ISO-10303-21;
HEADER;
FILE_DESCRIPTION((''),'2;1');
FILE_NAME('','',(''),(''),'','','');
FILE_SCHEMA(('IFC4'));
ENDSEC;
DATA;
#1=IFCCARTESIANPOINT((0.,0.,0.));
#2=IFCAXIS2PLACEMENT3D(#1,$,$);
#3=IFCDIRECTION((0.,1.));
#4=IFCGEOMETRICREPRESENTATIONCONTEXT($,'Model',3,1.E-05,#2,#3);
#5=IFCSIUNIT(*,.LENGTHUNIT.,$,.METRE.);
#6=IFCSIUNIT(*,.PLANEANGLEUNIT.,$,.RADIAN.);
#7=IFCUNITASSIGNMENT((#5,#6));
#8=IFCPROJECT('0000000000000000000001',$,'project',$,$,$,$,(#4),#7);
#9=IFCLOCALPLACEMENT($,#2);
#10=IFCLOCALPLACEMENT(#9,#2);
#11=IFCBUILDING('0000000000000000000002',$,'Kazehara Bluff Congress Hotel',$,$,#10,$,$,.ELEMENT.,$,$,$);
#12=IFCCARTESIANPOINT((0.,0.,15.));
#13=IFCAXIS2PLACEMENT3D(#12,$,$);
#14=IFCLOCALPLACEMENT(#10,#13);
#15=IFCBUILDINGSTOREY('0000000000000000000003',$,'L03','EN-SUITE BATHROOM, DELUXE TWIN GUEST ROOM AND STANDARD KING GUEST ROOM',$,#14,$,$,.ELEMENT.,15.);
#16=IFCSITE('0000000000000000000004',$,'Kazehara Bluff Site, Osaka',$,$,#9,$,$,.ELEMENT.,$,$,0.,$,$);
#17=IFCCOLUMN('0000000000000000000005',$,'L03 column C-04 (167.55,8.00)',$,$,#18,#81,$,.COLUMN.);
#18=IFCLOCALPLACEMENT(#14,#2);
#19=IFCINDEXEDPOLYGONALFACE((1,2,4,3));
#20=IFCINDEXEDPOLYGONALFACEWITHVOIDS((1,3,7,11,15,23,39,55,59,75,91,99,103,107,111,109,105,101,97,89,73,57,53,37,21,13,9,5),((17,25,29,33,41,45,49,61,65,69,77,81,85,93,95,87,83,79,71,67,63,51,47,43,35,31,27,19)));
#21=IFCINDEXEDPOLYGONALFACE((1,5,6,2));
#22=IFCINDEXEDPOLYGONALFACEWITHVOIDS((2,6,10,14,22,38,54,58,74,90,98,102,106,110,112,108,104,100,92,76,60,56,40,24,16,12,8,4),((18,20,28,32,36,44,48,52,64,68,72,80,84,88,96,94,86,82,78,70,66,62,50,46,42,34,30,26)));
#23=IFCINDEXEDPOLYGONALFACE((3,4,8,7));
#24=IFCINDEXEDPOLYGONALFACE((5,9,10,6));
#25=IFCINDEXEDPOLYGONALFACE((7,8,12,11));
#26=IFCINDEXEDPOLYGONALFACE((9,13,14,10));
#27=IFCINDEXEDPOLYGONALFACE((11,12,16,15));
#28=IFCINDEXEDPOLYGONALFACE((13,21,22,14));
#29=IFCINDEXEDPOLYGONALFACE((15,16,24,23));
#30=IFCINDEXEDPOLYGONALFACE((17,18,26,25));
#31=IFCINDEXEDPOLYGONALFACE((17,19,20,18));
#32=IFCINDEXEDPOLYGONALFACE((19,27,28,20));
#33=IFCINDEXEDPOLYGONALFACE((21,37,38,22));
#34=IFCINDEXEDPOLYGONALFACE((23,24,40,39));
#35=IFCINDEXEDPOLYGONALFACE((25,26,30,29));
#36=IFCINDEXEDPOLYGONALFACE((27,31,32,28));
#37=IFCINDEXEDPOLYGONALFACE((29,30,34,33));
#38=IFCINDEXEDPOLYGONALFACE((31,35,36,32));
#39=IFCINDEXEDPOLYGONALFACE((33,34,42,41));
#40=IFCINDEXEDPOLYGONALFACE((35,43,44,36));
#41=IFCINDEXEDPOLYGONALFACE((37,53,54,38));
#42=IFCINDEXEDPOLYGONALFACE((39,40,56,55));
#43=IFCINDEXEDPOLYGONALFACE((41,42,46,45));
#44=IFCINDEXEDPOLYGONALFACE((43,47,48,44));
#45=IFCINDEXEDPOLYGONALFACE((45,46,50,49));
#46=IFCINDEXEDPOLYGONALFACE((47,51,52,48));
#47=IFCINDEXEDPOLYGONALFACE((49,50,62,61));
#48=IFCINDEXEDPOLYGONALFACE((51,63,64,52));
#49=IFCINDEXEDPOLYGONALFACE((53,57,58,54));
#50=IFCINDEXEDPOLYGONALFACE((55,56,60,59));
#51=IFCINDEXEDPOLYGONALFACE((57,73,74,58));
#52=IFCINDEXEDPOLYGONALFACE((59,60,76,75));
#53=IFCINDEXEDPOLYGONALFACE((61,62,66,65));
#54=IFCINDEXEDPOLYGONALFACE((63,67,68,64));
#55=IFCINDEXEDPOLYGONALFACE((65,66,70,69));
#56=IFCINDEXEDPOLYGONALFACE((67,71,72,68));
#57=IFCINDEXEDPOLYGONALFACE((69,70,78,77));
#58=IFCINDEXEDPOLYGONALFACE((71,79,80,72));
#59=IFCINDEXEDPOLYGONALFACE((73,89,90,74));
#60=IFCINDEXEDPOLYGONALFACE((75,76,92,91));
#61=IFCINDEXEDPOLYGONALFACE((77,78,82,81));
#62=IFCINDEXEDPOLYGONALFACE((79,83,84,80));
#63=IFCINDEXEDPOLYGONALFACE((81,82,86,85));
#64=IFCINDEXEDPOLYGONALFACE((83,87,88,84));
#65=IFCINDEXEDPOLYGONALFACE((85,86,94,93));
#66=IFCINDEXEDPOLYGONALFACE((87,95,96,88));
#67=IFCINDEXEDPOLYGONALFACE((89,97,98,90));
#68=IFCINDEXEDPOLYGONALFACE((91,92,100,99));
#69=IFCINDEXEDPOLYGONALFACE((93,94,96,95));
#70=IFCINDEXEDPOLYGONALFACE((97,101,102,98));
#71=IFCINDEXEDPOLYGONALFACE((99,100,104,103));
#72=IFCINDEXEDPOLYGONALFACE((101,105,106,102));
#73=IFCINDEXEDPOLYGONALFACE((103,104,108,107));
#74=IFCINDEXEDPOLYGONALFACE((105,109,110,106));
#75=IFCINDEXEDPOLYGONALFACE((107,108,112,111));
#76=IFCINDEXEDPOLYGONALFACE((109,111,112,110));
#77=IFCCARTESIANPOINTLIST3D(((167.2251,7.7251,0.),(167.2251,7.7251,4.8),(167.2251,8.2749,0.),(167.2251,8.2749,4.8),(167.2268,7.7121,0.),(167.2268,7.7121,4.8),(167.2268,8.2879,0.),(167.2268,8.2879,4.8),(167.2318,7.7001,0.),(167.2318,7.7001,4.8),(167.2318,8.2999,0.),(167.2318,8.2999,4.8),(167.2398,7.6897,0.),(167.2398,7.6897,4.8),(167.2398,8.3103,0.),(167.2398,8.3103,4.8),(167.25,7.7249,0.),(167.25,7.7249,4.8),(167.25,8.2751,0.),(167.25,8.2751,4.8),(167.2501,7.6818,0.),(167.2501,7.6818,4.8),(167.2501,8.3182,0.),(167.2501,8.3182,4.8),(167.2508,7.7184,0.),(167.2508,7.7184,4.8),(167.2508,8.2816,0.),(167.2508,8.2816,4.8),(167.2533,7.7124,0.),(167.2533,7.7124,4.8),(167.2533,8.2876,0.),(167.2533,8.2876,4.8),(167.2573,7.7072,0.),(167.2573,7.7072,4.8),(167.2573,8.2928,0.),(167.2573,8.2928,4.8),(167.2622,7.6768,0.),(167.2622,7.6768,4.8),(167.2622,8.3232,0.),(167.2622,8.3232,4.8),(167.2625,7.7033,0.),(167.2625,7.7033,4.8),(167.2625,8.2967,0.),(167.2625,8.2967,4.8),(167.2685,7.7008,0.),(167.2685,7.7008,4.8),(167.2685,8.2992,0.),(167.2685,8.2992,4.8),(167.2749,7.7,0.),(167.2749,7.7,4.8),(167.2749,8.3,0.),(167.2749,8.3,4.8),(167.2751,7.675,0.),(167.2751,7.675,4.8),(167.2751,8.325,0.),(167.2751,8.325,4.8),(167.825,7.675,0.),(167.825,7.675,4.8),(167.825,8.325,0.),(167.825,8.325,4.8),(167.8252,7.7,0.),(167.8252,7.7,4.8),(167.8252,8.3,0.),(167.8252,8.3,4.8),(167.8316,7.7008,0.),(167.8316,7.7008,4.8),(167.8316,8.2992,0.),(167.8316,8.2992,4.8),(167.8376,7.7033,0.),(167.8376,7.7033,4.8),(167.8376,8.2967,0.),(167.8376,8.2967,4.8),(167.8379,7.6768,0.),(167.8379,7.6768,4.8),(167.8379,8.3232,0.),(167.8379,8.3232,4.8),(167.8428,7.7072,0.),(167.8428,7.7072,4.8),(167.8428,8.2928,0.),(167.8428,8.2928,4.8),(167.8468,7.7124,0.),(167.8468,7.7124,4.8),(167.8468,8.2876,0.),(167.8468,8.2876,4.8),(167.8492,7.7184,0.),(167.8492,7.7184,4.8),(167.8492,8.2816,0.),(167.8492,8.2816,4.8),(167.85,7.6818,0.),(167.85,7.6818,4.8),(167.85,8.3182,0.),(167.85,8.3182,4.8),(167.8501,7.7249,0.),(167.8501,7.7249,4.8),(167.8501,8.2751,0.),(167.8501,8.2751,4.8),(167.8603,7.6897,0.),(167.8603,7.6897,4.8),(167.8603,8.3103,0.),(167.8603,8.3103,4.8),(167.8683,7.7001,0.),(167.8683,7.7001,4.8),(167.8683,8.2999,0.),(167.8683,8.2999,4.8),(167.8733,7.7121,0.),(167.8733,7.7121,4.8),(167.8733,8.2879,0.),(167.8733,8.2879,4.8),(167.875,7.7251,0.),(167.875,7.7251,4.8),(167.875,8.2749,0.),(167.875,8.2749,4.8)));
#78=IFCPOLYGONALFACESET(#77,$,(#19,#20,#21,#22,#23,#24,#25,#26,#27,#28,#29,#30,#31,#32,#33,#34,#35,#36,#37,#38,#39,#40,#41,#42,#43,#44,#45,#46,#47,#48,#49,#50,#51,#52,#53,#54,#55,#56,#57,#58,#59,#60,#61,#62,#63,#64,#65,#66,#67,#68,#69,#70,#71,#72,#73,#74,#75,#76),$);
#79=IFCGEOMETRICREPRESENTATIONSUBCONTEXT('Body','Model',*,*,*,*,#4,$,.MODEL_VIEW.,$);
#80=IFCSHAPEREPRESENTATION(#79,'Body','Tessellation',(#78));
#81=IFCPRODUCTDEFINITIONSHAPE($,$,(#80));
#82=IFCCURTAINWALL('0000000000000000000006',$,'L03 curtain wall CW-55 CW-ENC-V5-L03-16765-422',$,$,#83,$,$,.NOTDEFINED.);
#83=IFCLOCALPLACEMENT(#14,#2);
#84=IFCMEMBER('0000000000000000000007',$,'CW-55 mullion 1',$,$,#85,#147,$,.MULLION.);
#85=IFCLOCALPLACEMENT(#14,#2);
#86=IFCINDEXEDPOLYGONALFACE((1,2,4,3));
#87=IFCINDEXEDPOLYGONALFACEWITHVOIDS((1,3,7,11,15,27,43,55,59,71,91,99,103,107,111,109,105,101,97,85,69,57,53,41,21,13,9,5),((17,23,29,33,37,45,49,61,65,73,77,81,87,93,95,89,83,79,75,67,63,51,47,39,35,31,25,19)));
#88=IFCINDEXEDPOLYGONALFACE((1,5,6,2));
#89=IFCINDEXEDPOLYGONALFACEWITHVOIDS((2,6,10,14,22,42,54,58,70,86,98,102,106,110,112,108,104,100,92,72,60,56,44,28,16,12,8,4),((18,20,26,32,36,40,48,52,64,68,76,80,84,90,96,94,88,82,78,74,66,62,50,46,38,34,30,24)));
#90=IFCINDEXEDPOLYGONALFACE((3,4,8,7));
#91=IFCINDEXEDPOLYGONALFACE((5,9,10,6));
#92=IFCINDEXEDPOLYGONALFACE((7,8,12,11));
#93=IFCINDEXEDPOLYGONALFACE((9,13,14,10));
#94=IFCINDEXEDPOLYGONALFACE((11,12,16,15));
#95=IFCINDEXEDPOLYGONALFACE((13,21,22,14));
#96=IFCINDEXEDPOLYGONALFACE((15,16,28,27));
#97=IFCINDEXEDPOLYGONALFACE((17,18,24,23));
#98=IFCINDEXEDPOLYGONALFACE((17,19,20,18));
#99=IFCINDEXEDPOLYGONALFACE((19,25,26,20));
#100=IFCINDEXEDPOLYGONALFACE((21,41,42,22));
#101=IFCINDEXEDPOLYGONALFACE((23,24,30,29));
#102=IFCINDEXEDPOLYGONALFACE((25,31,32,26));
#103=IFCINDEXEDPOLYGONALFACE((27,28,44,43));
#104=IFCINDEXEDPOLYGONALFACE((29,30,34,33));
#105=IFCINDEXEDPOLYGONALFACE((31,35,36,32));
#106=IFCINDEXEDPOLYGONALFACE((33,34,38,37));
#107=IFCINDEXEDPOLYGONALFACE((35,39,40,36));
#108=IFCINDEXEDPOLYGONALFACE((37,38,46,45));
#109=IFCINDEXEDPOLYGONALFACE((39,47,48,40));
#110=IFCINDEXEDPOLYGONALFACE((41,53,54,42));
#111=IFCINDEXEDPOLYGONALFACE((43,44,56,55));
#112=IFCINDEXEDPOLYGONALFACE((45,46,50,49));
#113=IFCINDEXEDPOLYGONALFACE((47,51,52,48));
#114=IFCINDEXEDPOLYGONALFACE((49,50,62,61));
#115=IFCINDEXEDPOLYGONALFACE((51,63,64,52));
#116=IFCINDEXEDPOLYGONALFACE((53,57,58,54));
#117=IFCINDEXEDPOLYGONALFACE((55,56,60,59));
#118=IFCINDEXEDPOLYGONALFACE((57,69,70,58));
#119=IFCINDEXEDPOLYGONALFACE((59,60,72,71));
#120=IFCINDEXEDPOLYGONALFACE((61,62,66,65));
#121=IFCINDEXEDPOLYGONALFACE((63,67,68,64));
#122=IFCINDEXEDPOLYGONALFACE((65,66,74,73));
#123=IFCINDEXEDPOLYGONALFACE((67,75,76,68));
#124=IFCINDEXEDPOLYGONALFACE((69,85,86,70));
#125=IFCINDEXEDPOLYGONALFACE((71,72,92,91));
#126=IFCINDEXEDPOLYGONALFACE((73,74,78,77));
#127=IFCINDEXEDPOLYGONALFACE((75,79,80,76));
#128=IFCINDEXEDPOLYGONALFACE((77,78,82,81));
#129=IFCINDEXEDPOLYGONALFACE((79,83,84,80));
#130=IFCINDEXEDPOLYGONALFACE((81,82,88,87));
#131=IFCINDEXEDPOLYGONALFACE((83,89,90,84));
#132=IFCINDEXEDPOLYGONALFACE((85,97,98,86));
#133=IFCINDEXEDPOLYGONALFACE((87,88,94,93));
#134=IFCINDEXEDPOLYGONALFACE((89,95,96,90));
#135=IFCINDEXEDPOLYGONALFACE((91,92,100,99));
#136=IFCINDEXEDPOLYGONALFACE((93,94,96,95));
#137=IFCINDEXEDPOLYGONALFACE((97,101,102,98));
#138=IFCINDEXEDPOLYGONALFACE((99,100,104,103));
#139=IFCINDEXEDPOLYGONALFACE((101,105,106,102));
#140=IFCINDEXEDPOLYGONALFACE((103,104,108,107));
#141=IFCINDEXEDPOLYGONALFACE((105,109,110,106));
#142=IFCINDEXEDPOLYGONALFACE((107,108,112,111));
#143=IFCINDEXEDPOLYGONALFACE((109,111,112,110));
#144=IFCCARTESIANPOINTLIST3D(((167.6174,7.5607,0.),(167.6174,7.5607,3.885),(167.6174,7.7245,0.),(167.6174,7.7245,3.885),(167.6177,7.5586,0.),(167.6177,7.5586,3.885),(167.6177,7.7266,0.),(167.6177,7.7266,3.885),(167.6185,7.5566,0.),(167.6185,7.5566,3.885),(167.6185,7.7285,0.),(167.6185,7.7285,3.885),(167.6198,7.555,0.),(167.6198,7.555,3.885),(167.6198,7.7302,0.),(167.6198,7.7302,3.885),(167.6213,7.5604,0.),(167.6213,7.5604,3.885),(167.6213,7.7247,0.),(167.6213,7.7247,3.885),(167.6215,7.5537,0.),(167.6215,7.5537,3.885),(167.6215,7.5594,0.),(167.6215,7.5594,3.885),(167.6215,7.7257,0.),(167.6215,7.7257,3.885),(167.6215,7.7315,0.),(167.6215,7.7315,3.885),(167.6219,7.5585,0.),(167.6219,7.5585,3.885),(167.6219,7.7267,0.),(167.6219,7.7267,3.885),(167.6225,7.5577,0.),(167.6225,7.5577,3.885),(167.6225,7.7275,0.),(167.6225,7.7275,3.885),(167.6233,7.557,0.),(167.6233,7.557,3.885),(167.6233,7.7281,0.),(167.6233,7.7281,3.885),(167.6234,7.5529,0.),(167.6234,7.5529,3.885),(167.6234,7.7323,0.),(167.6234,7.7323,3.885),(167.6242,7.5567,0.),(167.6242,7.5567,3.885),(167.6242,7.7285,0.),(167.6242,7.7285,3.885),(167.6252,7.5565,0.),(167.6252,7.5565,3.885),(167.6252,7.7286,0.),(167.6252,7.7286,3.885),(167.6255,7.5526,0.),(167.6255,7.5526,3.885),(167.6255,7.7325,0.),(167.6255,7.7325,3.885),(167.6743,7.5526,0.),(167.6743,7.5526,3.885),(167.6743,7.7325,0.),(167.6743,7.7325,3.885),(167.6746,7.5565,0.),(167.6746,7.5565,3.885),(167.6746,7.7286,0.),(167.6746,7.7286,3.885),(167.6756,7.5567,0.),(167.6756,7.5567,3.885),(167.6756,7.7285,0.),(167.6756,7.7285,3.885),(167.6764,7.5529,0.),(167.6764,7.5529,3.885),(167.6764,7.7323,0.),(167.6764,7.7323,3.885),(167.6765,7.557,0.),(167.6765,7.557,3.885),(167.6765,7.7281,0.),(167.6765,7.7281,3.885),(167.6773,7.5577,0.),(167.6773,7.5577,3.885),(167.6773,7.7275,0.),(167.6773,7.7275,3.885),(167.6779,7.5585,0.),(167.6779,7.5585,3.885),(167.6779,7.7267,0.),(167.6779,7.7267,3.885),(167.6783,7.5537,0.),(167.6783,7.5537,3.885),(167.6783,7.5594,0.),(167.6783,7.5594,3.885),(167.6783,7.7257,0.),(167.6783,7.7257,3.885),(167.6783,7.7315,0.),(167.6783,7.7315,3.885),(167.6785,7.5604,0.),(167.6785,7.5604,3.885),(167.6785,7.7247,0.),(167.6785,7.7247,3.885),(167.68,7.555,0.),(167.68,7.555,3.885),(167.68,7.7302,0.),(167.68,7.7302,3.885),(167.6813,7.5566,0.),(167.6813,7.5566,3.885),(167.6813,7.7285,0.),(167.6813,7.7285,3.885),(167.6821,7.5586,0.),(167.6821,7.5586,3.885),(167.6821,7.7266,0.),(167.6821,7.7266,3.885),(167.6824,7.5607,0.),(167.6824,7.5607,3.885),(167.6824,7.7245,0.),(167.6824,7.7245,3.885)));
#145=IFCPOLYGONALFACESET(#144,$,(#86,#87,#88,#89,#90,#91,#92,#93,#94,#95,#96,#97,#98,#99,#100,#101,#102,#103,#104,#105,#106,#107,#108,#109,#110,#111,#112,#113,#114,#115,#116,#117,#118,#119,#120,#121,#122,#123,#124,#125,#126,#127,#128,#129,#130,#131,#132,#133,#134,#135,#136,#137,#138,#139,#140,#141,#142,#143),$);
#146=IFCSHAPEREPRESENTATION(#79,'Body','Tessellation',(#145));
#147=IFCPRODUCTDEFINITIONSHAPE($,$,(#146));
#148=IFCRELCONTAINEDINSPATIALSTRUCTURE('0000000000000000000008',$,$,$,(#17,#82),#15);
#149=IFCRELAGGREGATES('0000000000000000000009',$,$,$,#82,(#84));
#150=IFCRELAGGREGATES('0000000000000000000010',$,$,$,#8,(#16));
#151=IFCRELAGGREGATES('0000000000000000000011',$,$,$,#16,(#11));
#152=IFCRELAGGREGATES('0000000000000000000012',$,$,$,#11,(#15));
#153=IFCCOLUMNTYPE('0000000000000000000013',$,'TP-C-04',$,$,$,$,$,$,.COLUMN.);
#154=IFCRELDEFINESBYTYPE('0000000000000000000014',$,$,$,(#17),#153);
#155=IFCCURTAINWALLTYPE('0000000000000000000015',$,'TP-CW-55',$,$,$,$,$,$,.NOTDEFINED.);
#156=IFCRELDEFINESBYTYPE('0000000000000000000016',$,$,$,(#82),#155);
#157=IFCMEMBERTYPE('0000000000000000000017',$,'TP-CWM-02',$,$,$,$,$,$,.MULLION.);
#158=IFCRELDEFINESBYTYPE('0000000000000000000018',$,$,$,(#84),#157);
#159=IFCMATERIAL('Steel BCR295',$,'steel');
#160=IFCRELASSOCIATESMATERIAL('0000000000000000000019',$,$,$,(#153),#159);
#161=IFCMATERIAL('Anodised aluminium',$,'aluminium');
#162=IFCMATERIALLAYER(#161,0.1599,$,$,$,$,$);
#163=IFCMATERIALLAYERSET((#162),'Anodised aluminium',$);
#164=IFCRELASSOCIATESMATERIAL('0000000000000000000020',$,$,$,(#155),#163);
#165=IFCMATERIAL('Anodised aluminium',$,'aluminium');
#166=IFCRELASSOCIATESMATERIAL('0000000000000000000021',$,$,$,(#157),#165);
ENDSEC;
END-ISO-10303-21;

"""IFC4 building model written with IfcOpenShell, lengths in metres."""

from ifc_helpers import new_model, si_unit, direction, frame, origin, origin_2d, place, context, subcontext, project, spatial, hollow_rectangle, extrude, material, layer, layer_set, material_profile, profile_set, type_object, element, aggregate, save


model = new_model("IFC4")

# Units and contexts
model_context = context("Model", 3, precision=1e-05, world=origin(), true_north=direction((0.0, 1.0)))
body_context = subcontext(model_context, "Body", "Model", "MODEL_VIEW")
ifc_project = project(units=[si_unit("LENGTHUNIT", "METRE"), si_unit("PLANEANGLEUNIT", "RADIAN")], contexts=[model_context])

# Site, building, storey
site_placement = place(None, origin())
site = spatial("IfcSite", under=ifc_project, at=site_placement, Name="Kazehara Bluff Site, Osaka", CompositionType="ELEMENT", RefElevation=0.0)
building_placement = place(site_placement, origin())
building = spatial("IfcBuilding", under=site, at=building_placement, Name="Kazehara Bluff Congress Hotel", CompositionType="ELEMENT")
storey_placement = place(building_placement, frame((0.0, 0.0, 15.0)))
storey = spatial("IfcBuildingStorey", under=building, at=storey_placement, Name="L03", Description="EN-SUITE BATHROOM, DELUXE TWIN GUEST ROOM AND STANDARD KING GUEST ROOM", CompositionType="ELEMENT", Elevation=15.0)

# Column
ifc_material_1 = material(Name="Steel BCR295", Category="steel")
ifc_material_profile_1 = material_profile(ifc_material_1, hollow_rectangle(XDim=0.6499, YDim=0.6499, WallThickness=0.0249, InnerFilletRadius=0.0249, OuterFilletRadius=0.05, at=origin_2d()))
ifc_profile_set_1 = profile_set([ifc_material_profile_1], Name="Steel BCR295")
column_type = type_object("IfcColumnType", Name="TP-C-04", PredefinedType="COLUMN", material=ifc_profile_set_1)
column_placement = place(storey_placement, frame((167.55, 8.0, 0.0), z_axis=(0.0, 0.0, 1.0), x_axis=(1.0, 0.0, 0.0)))
element("IfcColumn", 1, at=column_placement, inside=storey, type_object=column_type, Name="L03 column C-04 (167.55,8.00)", PredefinedType="COLUMN", context=body_context, shape_type="SweptSolid", body=[
    extrude(hollow_rectangle(XDim=0.6499, YDim=0.6499, WallThickness=0.0249, InnerFilletRadius=0.0249, OuterFilletRadius=0.05, at=origin_2d()), origin(), (0.0, 0.0, 1.0), 4.8),
])

# Curtain wall, member
ifc_material_2 = material(Name="Anodised aluminium", Category="aluminium")
ifc_layer_1 = layer(ifc_material_2, 0.1599)
ifc_layer_set_1 = layer_set([ifc_layer_1], Name="Anodised aluminium")
curtain_wall_type_1 = type_object("IfcCurtainWallType", Name="TP-CW-55", PredefinedType="NOTDEFINED", material=ifc_layer_set_1)
curtain_wall_1_placement = place(storey_placement, origin())
curtain_wall_1 = element("IfcCurtainWall", 2, at=curtain_wall_1_placement, inside=storey, type_object=curtain_wall_type_1, Name="L03 curtain wall CW-55 CW-ENC-V5-L03-16765-422", PredefinedType="NOTDEFINED")
ifc_material_3 = material(Name="Anodised aluminium", Category="aluminium")
ifc_material_profile_2 = material_profile(ifc_material_3, hollow_rectangle(XDim=0.0649, YDim=0.1799, WallThickness=0.0039, InnerFilletRadius=0.0039, OuterFilletRadius=0.0081, at=origin_2d()))
ifc_profile_set_2 = profile_set([ifc_material_profile_2], Name="Anodised aluminium")
member_type_1 = type_object("IfcMemberType", Name="TP-CWM-02", PredefinedType="MULLION", material=ifc_profile_set_2)
member_1_placement = place(storey_placement, frame((167.6499, 7.6426, 0.0), z_axis=(0.0, 0.0, 1.0), x_axis=(1.0, 0.0, 0.0)))
member_1 = element("IfcMember", 3, at=member_1_placement, type_object=member_type_1, Name="CW-55 mullion 1", PredefinedType="MULLION", context=body_context, shape_type="SweptSolid", body=[
    extrude(hollow_rectangle(XDim=0.0649, YDim=0.1799, WallThickness=0.0039, InnerFilletRadius=0.0039, OuterFilletRadius=0.0081, at=origin_2d()), origin(), (0.0, 0.0, 1.0), 3.885),
])

aggregate(curtain_wall_1, [member_1])

save(model, "model.ifc")
